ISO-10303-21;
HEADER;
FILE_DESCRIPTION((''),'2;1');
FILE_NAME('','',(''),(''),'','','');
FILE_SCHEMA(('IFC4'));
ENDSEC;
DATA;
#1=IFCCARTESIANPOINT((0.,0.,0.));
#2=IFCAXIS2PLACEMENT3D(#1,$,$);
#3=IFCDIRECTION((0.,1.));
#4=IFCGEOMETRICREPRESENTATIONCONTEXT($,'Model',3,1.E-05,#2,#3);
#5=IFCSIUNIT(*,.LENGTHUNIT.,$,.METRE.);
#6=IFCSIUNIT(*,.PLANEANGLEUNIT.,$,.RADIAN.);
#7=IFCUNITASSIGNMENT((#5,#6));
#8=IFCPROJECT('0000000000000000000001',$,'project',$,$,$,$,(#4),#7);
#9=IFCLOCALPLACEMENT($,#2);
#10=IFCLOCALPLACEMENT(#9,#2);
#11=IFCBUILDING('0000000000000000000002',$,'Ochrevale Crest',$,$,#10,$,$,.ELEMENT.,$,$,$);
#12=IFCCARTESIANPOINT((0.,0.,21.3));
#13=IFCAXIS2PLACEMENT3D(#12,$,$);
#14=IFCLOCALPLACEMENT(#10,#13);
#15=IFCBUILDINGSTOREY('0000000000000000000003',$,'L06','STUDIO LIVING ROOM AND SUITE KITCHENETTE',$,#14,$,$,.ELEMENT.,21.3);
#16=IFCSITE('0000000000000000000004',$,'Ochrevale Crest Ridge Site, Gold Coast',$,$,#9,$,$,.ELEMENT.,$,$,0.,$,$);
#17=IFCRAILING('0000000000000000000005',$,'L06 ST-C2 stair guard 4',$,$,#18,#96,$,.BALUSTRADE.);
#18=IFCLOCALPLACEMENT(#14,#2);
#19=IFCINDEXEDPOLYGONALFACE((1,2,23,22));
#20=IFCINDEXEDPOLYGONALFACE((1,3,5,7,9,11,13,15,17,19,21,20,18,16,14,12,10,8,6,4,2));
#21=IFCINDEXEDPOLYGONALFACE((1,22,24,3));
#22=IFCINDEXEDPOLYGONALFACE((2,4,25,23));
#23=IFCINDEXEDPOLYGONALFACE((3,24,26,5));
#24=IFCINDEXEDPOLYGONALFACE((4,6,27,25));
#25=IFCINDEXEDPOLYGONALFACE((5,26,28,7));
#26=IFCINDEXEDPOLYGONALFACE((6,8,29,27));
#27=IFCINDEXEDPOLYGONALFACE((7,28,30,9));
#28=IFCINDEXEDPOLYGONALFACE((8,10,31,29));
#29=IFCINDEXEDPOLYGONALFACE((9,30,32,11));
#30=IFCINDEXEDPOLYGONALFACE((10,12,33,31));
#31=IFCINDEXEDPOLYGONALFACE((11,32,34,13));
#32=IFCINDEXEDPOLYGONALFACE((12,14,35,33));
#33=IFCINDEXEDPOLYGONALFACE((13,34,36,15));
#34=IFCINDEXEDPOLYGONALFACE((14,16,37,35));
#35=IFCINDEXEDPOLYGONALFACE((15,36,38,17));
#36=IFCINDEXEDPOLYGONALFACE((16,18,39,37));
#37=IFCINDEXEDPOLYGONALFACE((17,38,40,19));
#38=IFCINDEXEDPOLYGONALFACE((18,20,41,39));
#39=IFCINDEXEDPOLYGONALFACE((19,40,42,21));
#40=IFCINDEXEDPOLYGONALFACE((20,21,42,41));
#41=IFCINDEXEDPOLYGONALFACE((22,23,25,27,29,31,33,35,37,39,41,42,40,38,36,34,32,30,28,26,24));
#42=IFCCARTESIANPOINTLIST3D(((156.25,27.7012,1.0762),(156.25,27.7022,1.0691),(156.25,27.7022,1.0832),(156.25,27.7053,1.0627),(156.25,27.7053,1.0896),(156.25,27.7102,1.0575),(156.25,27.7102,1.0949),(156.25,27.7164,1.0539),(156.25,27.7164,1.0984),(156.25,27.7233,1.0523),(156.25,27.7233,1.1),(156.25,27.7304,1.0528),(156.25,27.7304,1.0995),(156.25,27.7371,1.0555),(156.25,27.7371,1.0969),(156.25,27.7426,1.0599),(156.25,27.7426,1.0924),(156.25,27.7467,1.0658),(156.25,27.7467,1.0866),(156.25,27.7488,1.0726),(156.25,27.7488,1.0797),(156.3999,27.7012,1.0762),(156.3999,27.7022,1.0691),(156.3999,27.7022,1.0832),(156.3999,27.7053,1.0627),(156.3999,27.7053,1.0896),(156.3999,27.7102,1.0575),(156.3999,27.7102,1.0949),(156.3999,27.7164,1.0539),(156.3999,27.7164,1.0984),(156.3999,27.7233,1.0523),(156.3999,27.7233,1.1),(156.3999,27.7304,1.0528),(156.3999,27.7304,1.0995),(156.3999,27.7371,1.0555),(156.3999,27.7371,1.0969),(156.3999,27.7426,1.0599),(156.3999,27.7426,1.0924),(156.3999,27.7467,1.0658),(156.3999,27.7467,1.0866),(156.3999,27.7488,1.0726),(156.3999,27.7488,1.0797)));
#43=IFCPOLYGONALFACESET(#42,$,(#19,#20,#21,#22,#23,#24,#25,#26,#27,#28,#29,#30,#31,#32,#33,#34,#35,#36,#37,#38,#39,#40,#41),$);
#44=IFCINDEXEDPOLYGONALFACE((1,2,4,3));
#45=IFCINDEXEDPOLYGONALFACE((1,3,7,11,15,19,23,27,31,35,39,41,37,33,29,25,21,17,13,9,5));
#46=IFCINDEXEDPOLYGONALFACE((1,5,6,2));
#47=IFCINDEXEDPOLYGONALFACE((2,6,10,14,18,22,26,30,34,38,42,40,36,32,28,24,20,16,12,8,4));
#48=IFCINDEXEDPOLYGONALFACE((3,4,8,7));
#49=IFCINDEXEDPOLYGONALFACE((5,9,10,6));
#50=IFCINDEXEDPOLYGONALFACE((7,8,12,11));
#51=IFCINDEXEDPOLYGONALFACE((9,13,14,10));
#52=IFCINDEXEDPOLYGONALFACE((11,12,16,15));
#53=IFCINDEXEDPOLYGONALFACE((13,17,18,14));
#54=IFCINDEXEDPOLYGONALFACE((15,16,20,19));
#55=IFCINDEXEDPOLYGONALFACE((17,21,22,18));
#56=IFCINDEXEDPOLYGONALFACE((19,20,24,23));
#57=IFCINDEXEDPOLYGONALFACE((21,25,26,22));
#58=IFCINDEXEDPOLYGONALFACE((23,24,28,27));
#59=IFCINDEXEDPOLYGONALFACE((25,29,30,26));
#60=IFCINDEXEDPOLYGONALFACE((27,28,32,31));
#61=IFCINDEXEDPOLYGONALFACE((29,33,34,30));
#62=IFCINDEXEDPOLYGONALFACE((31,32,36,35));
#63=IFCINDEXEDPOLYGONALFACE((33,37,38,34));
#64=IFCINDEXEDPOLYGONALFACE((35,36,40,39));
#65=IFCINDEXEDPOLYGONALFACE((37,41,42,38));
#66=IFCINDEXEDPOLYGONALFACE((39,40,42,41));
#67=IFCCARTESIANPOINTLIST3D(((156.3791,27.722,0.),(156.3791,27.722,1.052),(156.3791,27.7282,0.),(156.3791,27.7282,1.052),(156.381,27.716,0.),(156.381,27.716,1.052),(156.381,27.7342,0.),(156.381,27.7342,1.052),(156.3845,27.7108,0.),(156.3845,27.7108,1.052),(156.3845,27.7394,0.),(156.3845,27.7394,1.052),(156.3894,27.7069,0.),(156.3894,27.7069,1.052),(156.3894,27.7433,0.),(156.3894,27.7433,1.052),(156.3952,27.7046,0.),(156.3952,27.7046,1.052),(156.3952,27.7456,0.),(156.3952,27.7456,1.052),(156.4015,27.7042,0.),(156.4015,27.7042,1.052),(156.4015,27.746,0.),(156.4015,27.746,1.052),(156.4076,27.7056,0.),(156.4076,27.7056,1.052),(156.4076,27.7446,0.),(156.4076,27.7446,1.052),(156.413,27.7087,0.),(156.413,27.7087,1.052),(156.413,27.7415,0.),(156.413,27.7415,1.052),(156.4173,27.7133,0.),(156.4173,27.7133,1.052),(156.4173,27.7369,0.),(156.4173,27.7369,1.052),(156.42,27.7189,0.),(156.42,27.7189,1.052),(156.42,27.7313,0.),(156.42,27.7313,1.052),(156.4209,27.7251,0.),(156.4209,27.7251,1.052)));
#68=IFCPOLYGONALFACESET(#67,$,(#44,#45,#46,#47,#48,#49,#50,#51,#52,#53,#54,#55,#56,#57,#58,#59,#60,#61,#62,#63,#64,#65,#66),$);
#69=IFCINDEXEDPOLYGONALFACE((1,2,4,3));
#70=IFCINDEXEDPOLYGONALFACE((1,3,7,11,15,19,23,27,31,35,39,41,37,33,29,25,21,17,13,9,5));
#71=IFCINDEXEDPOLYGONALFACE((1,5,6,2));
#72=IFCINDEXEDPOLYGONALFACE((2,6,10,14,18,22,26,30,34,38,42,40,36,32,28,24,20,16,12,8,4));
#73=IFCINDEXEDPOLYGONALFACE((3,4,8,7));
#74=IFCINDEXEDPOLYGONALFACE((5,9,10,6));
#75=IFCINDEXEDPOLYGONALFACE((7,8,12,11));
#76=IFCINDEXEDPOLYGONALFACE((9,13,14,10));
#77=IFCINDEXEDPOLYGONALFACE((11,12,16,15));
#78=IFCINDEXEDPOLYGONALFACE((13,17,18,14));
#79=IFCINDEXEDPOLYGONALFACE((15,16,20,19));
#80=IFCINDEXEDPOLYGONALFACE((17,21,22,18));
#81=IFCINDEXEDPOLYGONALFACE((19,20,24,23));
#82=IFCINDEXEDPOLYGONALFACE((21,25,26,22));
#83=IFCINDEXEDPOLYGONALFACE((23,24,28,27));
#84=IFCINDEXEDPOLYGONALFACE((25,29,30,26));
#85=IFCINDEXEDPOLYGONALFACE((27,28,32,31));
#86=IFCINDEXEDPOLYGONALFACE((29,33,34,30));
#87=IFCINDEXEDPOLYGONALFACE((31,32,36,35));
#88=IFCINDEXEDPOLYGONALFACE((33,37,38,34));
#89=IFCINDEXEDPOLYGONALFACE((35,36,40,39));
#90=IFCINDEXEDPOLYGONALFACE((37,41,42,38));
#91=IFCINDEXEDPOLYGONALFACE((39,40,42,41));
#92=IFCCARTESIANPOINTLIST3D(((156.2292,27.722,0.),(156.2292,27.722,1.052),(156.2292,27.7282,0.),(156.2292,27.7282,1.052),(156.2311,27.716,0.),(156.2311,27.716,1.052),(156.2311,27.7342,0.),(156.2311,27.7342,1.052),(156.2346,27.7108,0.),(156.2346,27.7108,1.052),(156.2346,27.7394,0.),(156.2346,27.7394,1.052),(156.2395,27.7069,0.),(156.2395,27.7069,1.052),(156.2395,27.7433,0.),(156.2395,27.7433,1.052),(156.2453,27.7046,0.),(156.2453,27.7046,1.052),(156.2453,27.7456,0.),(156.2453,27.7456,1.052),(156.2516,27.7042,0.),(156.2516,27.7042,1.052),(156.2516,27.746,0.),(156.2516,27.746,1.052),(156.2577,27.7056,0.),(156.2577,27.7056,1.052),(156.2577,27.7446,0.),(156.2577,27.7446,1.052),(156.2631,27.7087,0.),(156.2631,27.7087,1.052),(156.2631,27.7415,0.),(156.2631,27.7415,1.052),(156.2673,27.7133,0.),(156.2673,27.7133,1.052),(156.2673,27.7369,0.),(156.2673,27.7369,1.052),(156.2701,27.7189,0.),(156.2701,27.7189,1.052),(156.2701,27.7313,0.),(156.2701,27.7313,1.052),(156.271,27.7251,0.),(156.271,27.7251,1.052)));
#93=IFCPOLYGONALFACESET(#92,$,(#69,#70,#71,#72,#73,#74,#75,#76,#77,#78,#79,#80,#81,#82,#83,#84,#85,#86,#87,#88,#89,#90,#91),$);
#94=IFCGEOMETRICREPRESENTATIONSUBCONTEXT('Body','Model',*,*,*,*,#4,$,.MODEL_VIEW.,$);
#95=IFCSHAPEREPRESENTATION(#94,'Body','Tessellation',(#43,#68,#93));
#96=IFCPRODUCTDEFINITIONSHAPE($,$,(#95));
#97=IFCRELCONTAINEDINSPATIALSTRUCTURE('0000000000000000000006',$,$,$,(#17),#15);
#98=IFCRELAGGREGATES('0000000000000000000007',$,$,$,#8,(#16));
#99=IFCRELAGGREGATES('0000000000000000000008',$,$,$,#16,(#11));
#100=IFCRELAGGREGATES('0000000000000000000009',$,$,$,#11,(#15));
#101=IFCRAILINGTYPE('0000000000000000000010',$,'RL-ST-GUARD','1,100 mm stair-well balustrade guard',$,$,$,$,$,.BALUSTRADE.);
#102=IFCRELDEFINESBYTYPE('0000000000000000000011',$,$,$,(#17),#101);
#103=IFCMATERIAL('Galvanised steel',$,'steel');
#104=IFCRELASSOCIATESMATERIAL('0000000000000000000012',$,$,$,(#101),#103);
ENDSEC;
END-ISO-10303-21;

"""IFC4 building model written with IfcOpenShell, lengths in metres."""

from ifc_helpers import new_model, si_unit, direction, frame, origin, origin_2d, place, context, subcontext, project, spatial, circle, extrude, material, type_object, element, save


model = new_model("IFC4")

# Units and contexts
model_context = context("Model", 3, precision=1e-05, world=origin(), true_north=direction((0.0, 1.0)))
body_context = subcontext(model_context, "Body", "Model", "MODEL_VIEW")
ifc_project = project(units=[si_unit("LENGTHUNIT", "METRE"), si_unit("PLANEANGLEUNIT", "RADIAN")], contexts=[model_context])

# Site, building, storey
site_placement = place(None, origin())
site = spatial("IfcSite", under=ifc_project, at=site_placement, Name="Ochrevale Crest Ridge Site, Gold Coast", CompositionType="ELEMENT", RefElevation=0.0)
building_placement = place(site_placement, origin())
building = spatial("IfcBuilding", under=site, at=building_placement, Name="Ochrevale Crest", CompositionType="ELEMENT")
storey_placement = place(building_placement, frame((0.0, 0.0, 21.3)))
storey = spatial("IfcBuildingStorey", under=building, at=storey_placement, Name="L06", Description="STUDIO LIVING ROOM AND SUITE KITCHENETTE", CompositionType="ELEMENT", Elevation=21.3)

# Railing
ifc_material_1 = material(Name="Galvanised steel", Category="steel")
railing_type_1 = type_object("IfcRailingType", Name="RL-ST-GUARD", Description="1,100 mm stair-well balustrade guard", PredefinedType="BALUSTRADE", material=ifc_material_1)
railing_1_placement = place(storey_placement, frame((156.3999, 27.7251, 0.0)))
element("IfcRailing", 1, at=railing_1_placement, inside=storey, type_object=railing_type_1, Name="L06 ST-C2 stair guard 4", PredefinedType="BALUSTRADE", context=body_context, shape_type="SweptSolid", body=[
    extrude(circle(Radius=0.0239, at=origin_2d()), frame((0.0, 0.0, 1.0762), z_axis=(-1.0, 0.0, 0.0), x_axis=(0.0, -1.0, 0.0)), (0.0, 0.0, 1.0), 0.1499),
    extrude(circle(Radius=0.021, at=origin_2d()), origin(), (0.0, 0.0, 1.0), 1.052),
    extrude(circle(Radius=0.021, at=origin_2d()), frame((-0.1499, 0.0, 0.0)), (0.0, 0.0, 1.0), 1.052),
])

save(model, "model.ifc")
